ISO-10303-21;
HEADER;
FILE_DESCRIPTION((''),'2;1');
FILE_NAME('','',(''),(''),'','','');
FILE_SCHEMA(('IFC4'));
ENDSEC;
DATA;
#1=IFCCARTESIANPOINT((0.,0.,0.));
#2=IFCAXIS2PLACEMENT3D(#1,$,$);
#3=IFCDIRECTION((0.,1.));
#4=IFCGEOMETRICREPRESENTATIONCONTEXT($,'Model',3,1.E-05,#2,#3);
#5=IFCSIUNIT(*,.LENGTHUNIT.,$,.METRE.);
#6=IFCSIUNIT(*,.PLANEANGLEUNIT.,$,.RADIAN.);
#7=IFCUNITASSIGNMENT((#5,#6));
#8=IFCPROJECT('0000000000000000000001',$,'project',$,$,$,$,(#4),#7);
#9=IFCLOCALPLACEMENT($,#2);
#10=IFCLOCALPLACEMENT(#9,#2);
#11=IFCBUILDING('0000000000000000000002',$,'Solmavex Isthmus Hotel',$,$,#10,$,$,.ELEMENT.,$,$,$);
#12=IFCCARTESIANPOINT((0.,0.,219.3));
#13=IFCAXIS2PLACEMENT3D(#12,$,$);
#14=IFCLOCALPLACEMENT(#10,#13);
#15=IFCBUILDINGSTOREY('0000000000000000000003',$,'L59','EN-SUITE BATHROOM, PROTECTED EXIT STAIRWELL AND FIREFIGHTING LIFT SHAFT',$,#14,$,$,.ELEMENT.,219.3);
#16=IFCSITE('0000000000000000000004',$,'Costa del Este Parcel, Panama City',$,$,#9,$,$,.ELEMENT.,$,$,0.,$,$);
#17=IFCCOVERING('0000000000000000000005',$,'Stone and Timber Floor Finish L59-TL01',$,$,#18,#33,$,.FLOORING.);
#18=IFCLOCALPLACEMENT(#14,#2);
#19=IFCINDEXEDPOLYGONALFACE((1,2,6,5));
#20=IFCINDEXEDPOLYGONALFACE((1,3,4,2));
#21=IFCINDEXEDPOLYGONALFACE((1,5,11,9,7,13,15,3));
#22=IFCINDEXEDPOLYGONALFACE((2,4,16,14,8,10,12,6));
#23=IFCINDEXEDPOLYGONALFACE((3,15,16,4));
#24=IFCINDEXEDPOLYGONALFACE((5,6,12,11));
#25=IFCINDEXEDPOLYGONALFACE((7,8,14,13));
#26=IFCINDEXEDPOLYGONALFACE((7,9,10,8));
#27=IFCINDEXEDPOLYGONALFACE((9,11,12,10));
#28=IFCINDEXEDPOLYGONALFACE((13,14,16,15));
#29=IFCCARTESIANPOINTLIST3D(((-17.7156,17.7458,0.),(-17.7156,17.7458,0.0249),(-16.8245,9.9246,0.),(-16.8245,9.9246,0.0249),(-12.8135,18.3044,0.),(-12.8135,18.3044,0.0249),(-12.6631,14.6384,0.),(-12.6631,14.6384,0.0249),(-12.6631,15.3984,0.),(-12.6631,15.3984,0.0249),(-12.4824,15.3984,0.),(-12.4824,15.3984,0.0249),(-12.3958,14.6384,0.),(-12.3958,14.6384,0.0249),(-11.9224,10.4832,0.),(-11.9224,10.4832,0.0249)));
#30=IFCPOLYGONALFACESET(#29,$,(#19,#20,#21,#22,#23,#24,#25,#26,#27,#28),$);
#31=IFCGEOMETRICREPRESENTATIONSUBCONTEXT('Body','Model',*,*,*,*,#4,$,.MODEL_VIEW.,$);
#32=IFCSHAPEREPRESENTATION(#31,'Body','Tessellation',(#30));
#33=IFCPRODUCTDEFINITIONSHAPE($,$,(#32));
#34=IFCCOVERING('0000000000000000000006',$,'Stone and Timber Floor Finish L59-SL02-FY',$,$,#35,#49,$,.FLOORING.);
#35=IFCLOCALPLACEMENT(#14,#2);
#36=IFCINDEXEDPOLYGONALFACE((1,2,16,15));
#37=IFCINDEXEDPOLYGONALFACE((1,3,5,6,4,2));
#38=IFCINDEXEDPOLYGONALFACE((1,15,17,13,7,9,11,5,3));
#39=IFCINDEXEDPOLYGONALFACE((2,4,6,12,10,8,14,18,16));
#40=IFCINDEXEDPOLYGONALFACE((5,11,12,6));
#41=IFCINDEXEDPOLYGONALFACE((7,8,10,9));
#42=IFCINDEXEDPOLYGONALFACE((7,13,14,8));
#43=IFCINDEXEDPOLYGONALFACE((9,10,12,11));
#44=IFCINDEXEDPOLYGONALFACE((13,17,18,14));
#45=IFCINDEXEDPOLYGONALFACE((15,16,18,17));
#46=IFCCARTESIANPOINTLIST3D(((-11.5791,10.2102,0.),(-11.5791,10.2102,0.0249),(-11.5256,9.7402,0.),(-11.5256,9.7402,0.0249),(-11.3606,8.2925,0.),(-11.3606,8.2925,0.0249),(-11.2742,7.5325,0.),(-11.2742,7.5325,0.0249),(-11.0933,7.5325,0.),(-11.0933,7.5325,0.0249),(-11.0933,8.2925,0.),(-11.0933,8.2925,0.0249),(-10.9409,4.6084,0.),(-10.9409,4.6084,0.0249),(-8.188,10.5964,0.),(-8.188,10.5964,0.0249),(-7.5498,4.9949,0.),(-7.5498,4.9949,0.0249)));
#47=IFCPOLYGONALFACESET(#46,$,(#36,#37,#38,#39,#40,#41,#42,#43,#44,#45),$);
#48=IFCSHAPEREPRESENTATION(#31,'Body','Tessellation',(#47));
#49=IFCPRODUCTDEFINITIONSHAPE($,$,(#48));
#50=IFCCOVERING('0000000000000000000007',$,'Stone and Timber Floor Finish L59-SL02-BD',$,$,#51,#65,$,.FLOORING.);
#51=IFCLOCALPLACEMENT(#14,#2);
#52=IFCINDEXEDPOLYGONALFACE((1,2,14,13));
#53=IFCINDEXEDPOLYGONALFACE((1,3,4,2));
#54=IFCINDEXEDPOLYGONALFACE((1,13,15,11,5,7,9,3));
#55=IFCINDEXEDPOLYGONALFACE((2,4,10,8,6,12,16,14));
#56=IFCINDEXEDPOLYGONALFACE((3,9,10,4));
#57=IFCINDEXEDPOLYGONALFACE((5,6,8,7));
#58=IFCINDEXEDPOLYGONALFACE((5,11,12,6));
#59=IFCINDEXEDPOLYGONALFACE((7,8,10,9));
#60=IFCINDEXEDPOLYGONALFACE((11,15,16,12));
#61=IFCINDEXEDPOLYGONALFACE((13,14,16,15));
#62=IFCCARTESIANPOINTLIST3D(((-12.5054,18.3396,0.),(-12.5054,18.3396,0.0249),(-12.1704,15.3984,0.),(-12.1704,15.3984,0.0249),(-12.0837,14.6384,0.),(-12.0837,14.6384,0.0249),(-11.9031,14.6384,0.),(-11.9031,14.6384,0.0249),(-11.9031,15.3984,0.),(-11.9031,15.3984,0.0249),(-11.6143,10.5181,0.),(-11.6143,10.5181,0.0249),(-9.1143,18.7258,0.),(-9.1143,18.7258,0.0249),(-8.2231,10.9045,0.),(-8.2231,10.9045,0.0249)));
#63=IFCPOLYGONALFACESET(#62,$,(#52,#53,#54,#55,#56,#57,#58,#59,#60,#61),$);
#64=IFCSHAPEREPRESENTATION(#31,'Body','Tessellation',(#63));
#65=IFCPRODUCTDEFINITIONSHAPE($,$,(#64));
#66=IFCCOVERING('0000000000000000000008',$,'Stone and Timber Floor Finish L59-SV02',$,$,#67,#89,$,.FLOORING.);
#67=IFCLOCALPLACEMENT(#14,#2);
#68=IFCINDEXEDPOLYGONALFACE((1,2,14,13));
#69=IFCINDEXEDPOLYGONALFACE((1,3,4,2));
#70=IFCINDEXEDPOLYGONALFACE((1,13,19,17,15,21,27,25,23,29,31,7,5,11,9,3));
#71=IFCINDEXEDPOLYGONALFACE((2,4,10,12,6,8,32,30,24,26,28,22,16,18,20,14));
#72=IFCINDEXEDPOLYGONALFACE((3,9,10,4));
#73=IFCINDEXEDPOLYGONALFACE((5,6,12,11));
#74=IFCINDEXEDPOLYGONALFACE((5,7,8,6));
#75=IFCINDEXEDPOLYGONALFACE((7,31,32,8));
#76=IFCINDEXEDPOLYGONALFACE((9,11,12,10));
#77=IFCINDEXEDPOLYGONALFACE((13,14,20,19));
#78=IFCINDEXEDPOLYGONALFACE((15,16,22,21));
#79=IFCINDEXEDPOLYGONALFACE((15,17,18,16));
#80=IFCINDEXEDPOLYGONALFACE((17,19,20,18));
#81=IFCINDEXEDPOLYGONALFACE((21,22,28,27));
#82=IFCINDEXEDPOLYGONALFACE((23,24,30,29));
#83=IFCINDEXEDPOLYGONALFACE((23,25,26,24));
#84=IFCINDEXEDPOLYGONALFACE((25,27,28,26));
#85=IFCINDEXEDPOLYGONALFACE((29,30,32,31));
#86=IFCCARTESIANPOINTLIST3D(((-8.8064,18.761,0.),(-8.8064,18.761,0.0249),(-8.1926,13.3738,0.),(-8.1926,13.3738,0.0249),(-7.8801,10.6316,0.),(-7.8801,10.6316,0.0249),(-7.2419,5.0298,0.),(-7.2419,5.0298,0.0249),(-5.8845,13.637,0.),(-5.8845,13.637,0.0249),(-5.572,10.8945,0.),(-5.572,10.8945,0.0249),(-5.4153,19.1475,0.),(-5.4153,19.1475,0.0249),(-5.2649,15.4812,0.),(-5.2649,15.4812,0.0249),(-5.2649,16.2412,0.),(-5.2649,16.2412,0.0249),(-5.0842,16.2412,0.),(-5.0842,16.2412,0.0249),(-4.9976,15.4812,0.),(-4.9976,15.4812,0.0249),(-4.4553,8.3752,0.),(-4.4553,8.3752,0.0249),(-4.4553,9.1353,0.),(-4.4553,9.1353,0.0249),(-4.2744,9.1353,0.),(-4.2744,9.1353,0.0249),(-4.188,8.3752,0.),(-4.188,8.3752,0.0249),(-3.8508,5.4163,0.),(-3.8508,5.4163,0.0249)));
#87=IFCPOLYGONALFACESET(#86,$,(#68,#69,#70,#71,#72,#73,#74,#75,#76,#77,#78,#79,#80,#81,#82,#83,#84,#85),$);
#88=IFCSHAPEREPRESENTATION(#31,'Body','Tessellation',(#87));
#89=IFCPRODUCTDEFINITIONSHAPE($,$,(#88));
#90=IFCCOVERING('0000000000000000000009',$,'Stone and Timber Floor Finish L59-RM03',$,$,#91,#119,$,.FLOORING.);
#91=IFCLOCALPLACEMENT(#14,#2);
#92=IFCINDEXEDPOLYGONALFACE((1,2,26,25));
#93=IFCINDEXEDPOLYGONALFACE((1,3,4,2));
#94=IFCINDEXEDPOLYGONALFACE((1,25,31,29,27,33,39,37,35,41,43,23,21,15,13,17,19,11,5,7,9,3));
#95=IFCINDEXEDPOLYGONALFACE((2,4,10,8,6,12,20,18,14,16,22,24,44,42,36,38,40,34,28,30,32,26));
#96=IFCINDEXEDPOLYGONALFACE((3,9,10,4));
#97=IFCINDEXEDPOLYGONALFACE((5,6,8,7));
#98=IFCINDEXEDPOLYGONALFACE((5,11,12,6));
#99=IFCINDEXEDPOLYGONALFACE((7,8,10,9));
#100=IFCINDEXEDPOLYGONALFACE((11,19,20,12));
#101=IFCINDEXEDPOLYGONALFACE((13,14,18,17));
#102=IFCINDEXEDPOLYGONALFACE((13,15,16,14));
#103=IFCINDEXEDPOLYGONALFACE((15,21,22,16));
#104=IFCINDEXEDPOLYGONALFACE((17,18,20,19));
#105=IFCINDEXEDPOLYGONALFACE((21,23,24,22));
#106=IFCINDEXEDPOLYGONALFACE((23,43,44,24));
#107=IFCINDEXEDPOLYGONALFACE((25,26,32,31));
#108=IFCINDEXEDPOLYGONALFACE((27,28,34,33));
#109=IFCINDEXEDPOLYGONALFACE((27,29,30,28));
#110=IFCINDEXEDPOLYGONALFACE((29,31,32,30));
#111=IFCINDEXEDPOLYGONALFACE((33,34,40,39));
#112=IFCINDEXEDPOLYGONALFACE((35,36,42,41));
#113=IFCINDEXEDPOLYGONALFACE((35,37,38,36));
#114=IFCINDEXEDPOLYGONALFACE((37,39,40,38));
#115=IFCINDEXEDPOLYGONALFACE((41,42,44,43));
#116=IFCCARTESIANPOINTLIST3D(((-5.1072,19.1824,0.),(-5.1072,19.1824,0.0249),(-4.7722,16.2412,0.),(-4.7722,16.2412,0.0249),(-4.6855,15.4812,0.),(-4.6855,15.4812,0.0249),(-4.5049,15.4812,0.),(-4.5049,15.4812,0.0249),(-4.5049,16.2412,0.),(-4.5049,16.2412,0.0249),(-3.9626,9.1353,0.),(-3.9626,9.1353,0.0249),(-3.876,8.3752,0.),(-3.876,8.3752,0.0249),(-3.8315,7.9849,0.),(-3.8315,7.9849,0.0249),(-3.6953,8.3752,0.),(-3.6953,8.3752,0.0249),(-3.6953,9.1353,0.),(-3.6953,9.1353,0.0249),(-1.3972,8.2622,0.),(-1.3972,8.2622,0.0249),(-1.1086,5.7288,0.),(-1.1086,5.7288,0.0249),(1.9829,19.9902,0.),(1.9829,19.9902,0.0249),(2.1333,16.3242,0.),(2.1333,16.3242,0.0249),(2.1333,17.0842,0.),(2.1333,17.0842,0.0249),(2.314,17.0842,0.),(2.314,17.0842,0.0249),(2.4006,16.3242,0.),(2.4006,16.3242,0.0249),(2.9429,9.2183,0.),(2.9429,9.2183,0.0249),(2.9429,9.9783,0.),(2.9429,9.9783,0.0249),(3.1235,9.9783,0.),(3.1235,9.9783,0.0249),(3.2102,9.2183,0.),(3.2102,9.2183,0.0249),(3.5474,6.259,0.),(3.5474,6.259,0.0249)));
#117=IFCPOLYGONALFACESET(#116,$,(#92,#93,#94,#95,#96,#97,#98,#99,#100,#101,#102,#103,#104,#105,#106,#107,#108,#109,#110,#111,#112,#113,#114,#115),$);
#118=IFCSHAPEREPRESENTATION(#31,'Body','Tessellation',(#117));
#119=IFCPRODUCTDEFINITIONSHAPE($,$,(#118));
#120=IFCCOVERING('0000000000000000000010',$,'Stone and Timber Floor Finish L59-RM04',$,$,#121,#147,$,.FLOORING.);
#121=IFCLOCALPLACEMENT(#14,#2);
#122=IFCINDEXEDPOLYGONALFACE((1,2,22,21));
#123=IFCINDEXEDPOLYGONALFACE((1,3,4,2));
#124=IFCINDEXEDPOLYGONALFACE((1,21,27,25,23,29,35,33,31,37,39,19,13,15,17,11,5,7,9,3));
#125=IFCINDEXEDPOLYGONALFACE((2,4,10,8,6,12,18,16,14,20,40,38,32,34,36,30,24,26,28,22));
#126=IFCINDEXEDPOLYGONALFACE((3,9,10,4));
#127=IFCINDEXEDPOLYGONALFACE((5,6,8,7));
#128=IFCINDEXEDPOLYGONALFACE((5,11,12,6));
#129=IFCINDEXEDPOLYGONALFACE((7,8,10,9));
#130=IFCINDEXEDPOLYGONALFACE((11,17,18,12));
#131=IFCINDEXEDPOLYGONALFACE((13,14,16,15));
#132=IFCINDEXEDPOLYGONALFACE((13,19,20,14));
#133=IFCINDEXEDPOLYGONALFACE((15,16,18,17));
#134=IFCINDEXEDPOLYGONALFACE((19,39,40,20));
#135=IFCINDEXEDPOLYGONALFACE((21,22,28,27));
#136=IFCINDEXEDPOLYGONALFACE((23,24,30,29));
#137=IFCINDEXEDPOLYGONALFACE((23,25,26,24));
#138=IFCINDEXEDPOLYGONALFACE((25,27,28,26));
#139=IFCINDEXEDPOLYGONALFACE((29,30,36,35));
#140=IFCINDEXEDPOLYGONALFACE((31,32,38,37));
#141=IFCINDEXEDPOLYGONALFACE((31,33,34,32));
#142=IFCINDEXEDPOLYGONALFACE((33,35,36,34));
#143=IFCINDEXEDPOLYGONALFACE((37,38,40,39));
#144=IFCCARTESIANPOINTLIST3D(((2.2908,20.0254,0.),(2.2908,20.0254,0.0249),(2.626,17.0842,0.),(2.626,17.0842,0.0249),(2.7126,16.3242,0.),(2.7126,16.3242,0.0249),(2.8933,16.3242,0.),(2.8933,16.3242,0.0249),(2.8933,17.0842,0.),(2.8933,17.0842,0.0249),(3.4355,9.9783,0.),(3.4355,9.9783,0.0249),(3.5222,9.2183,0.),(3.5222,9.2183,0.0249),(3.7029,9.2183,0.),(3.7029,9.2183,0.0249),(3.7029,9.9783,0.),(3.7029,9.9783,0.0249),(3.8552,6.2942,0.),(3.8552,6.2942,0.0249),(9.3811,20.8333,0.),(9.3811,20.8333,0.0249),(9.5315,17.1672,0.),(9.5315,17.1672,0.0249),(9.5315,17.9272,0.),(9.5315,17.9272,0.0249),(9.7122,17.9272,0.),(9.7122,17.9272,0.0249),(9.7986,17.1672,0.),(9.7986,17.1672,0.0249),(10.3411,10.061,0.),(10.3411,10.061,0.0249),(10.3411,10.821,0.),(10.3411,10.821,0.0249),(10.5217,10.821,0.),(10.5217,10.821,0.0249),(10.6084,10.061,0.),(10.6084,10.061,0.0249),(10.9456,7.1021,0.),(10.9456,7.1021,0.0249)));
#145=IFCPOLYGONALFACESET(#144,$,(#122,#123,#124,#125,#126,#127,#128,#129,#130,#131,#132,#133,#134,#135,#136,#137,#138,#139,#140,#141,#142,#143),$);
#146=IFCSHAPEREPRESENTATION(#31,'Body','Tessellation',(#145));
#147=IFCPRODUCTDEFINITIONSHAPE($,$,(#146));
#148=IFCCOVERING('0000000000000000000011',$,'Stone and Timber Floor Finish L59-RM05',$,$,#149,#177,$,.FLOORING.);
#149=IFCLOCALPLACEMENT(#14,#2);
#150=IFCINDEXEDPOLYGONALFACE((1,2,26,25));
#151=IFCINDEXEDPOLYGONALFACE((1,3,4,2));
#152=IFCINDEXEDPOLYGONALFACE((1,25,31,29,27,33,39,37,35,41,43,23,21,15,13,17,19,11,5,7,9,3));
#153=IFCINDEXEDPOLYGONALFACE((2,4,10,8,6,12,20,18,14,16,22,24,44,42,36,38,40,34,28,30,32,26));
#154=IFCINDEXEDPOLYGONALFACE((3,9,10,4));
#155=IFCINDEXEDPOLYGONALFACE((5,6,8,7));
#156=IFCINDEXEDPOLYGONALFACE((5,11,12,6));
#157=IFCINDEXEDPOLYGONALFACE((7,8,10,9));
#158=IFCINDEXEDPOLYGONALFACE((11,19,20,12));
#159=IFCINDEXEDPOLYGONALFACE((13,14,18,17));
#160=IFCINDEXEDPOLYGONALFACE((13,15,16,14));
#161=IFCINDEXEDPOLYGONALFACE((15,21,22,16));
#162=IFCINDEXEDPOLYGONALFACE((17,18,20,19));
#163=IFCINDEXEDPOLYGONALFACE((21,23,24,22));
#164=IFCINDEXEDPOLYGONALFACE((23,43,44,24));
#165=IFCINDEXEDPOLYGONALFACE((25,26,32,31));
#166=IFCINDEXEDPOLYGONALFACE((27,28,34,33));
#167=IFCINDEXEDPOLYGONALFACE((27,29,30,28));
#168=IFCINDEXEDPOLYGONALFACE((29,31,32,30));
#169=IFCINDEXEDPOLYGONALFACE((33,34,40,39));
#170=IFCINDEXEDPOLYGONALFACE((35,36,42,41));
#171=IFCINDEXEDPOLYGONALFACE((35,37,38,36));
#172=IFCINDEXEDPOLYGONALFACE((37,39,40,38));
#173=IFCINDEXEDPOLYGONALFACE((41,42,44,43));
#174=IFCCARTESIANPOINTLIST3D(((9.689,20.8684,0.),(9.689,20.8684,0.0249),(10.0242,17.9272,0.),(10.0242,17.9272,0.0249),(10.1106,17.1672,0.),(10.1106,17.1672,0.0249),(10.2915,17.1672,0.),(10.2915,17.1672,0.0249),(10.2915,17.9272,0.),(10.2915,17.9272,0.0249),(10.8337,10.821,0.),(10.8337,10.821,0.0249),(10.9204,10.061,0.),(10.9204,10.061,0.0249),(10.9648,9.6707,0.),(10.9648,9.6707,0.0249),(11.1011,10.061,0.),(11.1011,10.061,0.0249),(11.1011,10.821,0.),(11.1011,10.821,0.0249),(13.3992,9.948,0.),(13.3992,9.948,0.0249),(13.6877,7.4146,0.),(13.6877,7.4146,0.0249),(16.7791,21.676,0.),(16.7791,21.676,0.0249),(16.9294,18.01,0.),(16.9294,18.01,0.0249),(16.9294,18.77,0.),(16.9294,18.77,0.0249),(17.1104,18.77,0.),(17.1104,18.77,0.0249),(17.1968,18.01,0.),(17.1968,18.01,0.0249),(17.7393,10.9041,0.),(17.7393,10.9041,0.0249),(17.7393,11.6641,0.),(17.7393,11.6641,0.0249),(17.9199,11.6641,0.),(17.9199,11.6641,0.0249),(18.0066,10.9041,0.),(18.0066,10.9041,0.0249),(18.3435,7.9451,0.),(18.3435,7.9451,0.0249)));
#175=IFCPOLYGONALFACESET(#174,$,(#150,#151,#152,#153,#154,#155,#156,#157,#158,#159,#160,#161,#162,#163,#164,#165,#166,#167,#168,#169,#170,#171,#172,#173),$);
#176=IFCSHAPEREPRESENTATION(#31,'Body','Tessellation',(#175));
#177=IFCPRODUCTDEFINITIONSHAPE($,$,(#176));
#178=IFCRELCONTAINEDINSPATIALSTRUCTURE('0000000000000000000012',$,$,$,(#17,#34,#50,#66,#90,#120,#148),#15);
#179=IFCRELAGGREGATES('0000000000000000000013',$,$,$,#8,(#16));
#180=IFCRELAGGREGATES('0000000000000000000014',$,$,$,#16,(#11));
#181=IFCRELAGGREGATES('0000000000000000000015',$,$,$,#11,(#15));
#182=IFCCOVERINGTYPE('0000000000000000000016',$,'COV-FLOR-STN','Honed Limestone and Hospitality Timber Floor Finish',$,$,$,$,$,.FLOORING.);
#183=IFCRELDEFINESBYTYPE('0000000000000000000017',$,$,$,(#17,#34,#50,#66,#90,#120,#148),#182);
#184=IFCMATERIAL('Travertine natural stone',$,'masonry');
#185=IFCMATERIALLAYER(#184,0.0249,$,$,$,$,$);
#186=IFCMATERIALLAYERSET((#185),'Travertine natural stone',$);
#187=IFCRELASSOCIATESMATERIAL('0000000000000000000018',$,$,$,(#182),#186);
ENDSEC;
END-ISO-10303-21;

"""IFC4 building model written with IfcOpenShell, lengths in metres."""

from ifc_helpers import new_model, si_unit, direction, frame, origin, place, context, subcontext, project, spatial, polyline, outline, extrude, material, layer, layer_set, type_object, element, save


model = new_model("IFC4")

# Units and contexts
model_context = context("Model", 3, precision=1e-05, world=origin(), true_north=direction((0.0, 1.0)))
body_context = subcontext(model_context, "Body", "Model", "MODEL_VIEW")
ifc_project = project(units=[si_unit("LENGTHUNIT", "METRE"), si_unit("PLANEANGLEUNIT", "RADIAN")], contexts=[model_context])

# Site, building, storey
site_placement = place(None, origin())
site = spatial("IfcSite", under=ifc_project, at=site_placement, Name="Costa del Este Parcel, Panama City", CompositionType="ELEMENT", RefElevation=0.0)
building_placement = place(site_placement, origin())
building = spatial("IfcBuilding", under=site, at=building_placement, Name="Solmavex Isthmus Hotel", CompositionType="ELEMENT")
storey_placement = place(building_placement, frame((0.0, 0.0, 219.3)))
storey = spatial("IfcBuildingStorey", under=building, at=storey_placement, Name="L59", Description="EN-SUITE BATHROOM, PROTECTED EXIT STAIRWELL AND FIREFIGHTING LIFT SHAFT", CompositionType="ELEMENT", Elevation=219.3)

# Coverings
ifc_material_1 = material(Name="Travertine natural stone", Category="masonry")
ifc_layer_1 = layer(ifc_material_1, 0.0249)
ifc_layer_set_1 = layer_set([ifc_layer_1], Name="Travertine natural stone")
covering_type_1 = type_object("IfcCoveringType", Name="COV-FLOR-STN", Description="Honed Limestone and Hospitality Timber Floor Finish", PredefinedType="FLOORING", material=ifc_layer_set_1)
covering_1_placement = place(storey_placement, origin())
element("IfcCovering", 1, at=covering_1_placement, inside=storey, type_object=covering_type_1, Name="Stone and Timber Floor Finish L59-TL01", PredefinedType="FLOORING", context=body_context, shape_type="SweptSolid", body=[
    extrude(outline(polyline([(-12.3958, 14.6384), (-12.6631, 14.6384), (-12.6631, 15.3984), (-12.4824, 15.3984), (-12.8135, 18.3044), (-17.7156, 17.7458), (-16.8245, 9.9246), (-11.9224, 10.4832), (-12.3958, 14.6384)])), origin(), (0.0, 0.0, 1.0), 0.0249),
])
covering_2_placement = place(storey_placement, origin())
element("IfcCovering", 2, at=covering_2_placement, inside=storey, type_object=covering_type_1, Name="Stone and Timber Floor Finish L59-SL02-FY", PredefinedType="FLOORING", context=body_context, shape_type="SweptSolid", body=[
    extrude(outline(polyline([(-11.3606, 8.2925), (-11.0933, 8.2925), (-11.0933, 7.5325), (-11.2742, 7.5325), (-10.9409, 4.6084), (-7.5498, 4.9949), (-8.188, 10.5964), (-11.5791, 10.2102), (-11.5256, 9.7402), (-11.3606, 8.2925)])), origin(), (0.0, 0.0, 1.0), 0.0249),
])
covering_3_placement = place(storey_placement, origin())
element("IfcCovering", 3, at=covering_3_placement, inside=storey, type_object=covering_type_1, Name="Stone and Timber Floor Finish L59-SL02-BD", PredefinedType="FLOORING", context=body_context, shape_type="SweptSolid", body=[
    extrude(outline(polyline([(-12.1704, 15.3984), (-11.9031, 15.3984), (-11.9031, 14.6384), (-12.0837, 14.6384), (-11.6143, 10.5181), (-8.2231, 10.9045), (-9.1143, 18.7258), (-12.5054, 18.3396), (-12.1704, 15.3984)])), origin(), (0.0, 0.0, 1.0), 0.0249),
])
covering_4_placement = place(storey_placement, origin())
element("IfcCovering", 4, at=covering_4_placement, inside=storey, type_object=covering_type_1, Name="Stone and Timber Floor Finish L59-SV02", PredefinedType="FLOORING", context=body_context, shape_type="SweptSolid", body=[
    extrude(outline(polyline([(-4.9976, 15.4812), (-5.2649, 15.4812), (-5.2649, 16.2412), (-5.0842, 16.2412), (-5.4153, 19.1475), (-8.8064, 18.761), (-8.1926, 13.3738), (-5.8845, 13.637), (-5.572, 10.8945), (-7.8801, 10.6316), (-7.2419, 5.0298), (-3.8508, 5.4163), (-4.188, 8.3752), (-4.4553, 8.3752), (-4.4553, 9.1353), (-4.2744, 9.1353), (-4.9976, 15.4812)])), origin(), (0.0, 0.0, 1.0), 0.0249),
])
covering_5_placement = place(storey_placement, origin())
element("IfcCovering", 5, at=covering_5_placement, inside=storey, type_object=covering_type_1, Name="Stone and Timber Floor Finish L59-RM03", PredefinedType="FLOORING", context=body_context, shape_type="SweptSolid", body=[
    extrude(outline(polyline([(-3.9626, 9.1353), (-3.6953, 9.1353), (-3.6953, 8.3752), (-3.876, 8.3752), (-3.8315, 7.9849), (-1.3972, 8.2622), (-1.1086, 5.7288), (3.5474, 6.259), (3.2102, 9.2183), (2.9429, 9.2183), (2.9429, 9.9783), (3.1235, 9.9783), (2.4006, 16.3242), (2.1333, 16.3242), (2.1333, 17.0842), (2.314, 17.0842), (1.9829, 19.9902), (-5.1072, 19.1824), (-4.7722, 16.2412), (-4.5049, 16.2412), (-4.5049, 15.4812), (-4.6855, 15.4812), (-3.9626, 9.1353)])), origin(), (0.0, 0.0, 1.0), 0.0249),
])
covering_6_placement = place(storey_placement, origin())
element("IfcCovering", 6, at=covering_6_placement, inside=storey, type_object=covering_type_1, Name="Stone and Timber Floor Finish L59-RM04", PredefinedType="FLOORING", context=body_context, shape_type="SweptSolid", body=[
    extrude(outline(polyline([(3.4355, 9.9783), (3.7029, 9.9783), (3.7029, 9.2183), (3.5222, 9.2183), (3.8552, 6.2942), (10.9456, 7.1021), (10.6084, 10.061), (10.3411, 10.061), (10.3411, 10.821), (10.5217, 10.821), (9.7986, 17.1672), (9.5315, 17.1672), (9.5315, 17.9272), (9.7122, 17.9272), (9.3811, 20.8333), (2.2908, 20.0254), (2.626, 17.0842), (2.8933, 17.0842), (2.8933, 16.3242), (2.7126, 16.3242), (3.4355, 9.9783)])), origin(), (0.0, 0.0, 1.0), 0.0249),
])
covering_7_placement = place(storey_placement, origin())
element("IfcCovering", 7, at=covering_7_placement, inside=storey, type_object=covering_type_1, Name="Stone and Timber Floor Finish L59-RM05", PredefinedType="FLOORING", context=body_context, shape_type="SweptSolid", body=[
    extrude(outline(polyline([(10.8337, 10.821), (11.1011, 10.821), (11.1011, 10.061), (10.9204, 10.061), (10.9648, 9.6707), (13.3992, 9.948), (13.6877, 7.4146), (18.3435, 7.9451), (18.0066, 10.9041), (17.7393, 10.9041), (17.7393, 11.6641), (17.9199, 11.6641), (17.1968, 18.01), (16.9294, 18.01), (16.9294, 18.77), (17.1104, 18.77), (16.7791, 21.676), (9.689, 20.8684), (10.0242, 17.9272), (10.2915, 17.9272), (10.2915, 17.1672), (10.1106, 17.1672), (10.8337, 10.821)])), origin(), (0.0, 0.0, 1.0), 0.0249),
])

save(model, "model.ifc")
